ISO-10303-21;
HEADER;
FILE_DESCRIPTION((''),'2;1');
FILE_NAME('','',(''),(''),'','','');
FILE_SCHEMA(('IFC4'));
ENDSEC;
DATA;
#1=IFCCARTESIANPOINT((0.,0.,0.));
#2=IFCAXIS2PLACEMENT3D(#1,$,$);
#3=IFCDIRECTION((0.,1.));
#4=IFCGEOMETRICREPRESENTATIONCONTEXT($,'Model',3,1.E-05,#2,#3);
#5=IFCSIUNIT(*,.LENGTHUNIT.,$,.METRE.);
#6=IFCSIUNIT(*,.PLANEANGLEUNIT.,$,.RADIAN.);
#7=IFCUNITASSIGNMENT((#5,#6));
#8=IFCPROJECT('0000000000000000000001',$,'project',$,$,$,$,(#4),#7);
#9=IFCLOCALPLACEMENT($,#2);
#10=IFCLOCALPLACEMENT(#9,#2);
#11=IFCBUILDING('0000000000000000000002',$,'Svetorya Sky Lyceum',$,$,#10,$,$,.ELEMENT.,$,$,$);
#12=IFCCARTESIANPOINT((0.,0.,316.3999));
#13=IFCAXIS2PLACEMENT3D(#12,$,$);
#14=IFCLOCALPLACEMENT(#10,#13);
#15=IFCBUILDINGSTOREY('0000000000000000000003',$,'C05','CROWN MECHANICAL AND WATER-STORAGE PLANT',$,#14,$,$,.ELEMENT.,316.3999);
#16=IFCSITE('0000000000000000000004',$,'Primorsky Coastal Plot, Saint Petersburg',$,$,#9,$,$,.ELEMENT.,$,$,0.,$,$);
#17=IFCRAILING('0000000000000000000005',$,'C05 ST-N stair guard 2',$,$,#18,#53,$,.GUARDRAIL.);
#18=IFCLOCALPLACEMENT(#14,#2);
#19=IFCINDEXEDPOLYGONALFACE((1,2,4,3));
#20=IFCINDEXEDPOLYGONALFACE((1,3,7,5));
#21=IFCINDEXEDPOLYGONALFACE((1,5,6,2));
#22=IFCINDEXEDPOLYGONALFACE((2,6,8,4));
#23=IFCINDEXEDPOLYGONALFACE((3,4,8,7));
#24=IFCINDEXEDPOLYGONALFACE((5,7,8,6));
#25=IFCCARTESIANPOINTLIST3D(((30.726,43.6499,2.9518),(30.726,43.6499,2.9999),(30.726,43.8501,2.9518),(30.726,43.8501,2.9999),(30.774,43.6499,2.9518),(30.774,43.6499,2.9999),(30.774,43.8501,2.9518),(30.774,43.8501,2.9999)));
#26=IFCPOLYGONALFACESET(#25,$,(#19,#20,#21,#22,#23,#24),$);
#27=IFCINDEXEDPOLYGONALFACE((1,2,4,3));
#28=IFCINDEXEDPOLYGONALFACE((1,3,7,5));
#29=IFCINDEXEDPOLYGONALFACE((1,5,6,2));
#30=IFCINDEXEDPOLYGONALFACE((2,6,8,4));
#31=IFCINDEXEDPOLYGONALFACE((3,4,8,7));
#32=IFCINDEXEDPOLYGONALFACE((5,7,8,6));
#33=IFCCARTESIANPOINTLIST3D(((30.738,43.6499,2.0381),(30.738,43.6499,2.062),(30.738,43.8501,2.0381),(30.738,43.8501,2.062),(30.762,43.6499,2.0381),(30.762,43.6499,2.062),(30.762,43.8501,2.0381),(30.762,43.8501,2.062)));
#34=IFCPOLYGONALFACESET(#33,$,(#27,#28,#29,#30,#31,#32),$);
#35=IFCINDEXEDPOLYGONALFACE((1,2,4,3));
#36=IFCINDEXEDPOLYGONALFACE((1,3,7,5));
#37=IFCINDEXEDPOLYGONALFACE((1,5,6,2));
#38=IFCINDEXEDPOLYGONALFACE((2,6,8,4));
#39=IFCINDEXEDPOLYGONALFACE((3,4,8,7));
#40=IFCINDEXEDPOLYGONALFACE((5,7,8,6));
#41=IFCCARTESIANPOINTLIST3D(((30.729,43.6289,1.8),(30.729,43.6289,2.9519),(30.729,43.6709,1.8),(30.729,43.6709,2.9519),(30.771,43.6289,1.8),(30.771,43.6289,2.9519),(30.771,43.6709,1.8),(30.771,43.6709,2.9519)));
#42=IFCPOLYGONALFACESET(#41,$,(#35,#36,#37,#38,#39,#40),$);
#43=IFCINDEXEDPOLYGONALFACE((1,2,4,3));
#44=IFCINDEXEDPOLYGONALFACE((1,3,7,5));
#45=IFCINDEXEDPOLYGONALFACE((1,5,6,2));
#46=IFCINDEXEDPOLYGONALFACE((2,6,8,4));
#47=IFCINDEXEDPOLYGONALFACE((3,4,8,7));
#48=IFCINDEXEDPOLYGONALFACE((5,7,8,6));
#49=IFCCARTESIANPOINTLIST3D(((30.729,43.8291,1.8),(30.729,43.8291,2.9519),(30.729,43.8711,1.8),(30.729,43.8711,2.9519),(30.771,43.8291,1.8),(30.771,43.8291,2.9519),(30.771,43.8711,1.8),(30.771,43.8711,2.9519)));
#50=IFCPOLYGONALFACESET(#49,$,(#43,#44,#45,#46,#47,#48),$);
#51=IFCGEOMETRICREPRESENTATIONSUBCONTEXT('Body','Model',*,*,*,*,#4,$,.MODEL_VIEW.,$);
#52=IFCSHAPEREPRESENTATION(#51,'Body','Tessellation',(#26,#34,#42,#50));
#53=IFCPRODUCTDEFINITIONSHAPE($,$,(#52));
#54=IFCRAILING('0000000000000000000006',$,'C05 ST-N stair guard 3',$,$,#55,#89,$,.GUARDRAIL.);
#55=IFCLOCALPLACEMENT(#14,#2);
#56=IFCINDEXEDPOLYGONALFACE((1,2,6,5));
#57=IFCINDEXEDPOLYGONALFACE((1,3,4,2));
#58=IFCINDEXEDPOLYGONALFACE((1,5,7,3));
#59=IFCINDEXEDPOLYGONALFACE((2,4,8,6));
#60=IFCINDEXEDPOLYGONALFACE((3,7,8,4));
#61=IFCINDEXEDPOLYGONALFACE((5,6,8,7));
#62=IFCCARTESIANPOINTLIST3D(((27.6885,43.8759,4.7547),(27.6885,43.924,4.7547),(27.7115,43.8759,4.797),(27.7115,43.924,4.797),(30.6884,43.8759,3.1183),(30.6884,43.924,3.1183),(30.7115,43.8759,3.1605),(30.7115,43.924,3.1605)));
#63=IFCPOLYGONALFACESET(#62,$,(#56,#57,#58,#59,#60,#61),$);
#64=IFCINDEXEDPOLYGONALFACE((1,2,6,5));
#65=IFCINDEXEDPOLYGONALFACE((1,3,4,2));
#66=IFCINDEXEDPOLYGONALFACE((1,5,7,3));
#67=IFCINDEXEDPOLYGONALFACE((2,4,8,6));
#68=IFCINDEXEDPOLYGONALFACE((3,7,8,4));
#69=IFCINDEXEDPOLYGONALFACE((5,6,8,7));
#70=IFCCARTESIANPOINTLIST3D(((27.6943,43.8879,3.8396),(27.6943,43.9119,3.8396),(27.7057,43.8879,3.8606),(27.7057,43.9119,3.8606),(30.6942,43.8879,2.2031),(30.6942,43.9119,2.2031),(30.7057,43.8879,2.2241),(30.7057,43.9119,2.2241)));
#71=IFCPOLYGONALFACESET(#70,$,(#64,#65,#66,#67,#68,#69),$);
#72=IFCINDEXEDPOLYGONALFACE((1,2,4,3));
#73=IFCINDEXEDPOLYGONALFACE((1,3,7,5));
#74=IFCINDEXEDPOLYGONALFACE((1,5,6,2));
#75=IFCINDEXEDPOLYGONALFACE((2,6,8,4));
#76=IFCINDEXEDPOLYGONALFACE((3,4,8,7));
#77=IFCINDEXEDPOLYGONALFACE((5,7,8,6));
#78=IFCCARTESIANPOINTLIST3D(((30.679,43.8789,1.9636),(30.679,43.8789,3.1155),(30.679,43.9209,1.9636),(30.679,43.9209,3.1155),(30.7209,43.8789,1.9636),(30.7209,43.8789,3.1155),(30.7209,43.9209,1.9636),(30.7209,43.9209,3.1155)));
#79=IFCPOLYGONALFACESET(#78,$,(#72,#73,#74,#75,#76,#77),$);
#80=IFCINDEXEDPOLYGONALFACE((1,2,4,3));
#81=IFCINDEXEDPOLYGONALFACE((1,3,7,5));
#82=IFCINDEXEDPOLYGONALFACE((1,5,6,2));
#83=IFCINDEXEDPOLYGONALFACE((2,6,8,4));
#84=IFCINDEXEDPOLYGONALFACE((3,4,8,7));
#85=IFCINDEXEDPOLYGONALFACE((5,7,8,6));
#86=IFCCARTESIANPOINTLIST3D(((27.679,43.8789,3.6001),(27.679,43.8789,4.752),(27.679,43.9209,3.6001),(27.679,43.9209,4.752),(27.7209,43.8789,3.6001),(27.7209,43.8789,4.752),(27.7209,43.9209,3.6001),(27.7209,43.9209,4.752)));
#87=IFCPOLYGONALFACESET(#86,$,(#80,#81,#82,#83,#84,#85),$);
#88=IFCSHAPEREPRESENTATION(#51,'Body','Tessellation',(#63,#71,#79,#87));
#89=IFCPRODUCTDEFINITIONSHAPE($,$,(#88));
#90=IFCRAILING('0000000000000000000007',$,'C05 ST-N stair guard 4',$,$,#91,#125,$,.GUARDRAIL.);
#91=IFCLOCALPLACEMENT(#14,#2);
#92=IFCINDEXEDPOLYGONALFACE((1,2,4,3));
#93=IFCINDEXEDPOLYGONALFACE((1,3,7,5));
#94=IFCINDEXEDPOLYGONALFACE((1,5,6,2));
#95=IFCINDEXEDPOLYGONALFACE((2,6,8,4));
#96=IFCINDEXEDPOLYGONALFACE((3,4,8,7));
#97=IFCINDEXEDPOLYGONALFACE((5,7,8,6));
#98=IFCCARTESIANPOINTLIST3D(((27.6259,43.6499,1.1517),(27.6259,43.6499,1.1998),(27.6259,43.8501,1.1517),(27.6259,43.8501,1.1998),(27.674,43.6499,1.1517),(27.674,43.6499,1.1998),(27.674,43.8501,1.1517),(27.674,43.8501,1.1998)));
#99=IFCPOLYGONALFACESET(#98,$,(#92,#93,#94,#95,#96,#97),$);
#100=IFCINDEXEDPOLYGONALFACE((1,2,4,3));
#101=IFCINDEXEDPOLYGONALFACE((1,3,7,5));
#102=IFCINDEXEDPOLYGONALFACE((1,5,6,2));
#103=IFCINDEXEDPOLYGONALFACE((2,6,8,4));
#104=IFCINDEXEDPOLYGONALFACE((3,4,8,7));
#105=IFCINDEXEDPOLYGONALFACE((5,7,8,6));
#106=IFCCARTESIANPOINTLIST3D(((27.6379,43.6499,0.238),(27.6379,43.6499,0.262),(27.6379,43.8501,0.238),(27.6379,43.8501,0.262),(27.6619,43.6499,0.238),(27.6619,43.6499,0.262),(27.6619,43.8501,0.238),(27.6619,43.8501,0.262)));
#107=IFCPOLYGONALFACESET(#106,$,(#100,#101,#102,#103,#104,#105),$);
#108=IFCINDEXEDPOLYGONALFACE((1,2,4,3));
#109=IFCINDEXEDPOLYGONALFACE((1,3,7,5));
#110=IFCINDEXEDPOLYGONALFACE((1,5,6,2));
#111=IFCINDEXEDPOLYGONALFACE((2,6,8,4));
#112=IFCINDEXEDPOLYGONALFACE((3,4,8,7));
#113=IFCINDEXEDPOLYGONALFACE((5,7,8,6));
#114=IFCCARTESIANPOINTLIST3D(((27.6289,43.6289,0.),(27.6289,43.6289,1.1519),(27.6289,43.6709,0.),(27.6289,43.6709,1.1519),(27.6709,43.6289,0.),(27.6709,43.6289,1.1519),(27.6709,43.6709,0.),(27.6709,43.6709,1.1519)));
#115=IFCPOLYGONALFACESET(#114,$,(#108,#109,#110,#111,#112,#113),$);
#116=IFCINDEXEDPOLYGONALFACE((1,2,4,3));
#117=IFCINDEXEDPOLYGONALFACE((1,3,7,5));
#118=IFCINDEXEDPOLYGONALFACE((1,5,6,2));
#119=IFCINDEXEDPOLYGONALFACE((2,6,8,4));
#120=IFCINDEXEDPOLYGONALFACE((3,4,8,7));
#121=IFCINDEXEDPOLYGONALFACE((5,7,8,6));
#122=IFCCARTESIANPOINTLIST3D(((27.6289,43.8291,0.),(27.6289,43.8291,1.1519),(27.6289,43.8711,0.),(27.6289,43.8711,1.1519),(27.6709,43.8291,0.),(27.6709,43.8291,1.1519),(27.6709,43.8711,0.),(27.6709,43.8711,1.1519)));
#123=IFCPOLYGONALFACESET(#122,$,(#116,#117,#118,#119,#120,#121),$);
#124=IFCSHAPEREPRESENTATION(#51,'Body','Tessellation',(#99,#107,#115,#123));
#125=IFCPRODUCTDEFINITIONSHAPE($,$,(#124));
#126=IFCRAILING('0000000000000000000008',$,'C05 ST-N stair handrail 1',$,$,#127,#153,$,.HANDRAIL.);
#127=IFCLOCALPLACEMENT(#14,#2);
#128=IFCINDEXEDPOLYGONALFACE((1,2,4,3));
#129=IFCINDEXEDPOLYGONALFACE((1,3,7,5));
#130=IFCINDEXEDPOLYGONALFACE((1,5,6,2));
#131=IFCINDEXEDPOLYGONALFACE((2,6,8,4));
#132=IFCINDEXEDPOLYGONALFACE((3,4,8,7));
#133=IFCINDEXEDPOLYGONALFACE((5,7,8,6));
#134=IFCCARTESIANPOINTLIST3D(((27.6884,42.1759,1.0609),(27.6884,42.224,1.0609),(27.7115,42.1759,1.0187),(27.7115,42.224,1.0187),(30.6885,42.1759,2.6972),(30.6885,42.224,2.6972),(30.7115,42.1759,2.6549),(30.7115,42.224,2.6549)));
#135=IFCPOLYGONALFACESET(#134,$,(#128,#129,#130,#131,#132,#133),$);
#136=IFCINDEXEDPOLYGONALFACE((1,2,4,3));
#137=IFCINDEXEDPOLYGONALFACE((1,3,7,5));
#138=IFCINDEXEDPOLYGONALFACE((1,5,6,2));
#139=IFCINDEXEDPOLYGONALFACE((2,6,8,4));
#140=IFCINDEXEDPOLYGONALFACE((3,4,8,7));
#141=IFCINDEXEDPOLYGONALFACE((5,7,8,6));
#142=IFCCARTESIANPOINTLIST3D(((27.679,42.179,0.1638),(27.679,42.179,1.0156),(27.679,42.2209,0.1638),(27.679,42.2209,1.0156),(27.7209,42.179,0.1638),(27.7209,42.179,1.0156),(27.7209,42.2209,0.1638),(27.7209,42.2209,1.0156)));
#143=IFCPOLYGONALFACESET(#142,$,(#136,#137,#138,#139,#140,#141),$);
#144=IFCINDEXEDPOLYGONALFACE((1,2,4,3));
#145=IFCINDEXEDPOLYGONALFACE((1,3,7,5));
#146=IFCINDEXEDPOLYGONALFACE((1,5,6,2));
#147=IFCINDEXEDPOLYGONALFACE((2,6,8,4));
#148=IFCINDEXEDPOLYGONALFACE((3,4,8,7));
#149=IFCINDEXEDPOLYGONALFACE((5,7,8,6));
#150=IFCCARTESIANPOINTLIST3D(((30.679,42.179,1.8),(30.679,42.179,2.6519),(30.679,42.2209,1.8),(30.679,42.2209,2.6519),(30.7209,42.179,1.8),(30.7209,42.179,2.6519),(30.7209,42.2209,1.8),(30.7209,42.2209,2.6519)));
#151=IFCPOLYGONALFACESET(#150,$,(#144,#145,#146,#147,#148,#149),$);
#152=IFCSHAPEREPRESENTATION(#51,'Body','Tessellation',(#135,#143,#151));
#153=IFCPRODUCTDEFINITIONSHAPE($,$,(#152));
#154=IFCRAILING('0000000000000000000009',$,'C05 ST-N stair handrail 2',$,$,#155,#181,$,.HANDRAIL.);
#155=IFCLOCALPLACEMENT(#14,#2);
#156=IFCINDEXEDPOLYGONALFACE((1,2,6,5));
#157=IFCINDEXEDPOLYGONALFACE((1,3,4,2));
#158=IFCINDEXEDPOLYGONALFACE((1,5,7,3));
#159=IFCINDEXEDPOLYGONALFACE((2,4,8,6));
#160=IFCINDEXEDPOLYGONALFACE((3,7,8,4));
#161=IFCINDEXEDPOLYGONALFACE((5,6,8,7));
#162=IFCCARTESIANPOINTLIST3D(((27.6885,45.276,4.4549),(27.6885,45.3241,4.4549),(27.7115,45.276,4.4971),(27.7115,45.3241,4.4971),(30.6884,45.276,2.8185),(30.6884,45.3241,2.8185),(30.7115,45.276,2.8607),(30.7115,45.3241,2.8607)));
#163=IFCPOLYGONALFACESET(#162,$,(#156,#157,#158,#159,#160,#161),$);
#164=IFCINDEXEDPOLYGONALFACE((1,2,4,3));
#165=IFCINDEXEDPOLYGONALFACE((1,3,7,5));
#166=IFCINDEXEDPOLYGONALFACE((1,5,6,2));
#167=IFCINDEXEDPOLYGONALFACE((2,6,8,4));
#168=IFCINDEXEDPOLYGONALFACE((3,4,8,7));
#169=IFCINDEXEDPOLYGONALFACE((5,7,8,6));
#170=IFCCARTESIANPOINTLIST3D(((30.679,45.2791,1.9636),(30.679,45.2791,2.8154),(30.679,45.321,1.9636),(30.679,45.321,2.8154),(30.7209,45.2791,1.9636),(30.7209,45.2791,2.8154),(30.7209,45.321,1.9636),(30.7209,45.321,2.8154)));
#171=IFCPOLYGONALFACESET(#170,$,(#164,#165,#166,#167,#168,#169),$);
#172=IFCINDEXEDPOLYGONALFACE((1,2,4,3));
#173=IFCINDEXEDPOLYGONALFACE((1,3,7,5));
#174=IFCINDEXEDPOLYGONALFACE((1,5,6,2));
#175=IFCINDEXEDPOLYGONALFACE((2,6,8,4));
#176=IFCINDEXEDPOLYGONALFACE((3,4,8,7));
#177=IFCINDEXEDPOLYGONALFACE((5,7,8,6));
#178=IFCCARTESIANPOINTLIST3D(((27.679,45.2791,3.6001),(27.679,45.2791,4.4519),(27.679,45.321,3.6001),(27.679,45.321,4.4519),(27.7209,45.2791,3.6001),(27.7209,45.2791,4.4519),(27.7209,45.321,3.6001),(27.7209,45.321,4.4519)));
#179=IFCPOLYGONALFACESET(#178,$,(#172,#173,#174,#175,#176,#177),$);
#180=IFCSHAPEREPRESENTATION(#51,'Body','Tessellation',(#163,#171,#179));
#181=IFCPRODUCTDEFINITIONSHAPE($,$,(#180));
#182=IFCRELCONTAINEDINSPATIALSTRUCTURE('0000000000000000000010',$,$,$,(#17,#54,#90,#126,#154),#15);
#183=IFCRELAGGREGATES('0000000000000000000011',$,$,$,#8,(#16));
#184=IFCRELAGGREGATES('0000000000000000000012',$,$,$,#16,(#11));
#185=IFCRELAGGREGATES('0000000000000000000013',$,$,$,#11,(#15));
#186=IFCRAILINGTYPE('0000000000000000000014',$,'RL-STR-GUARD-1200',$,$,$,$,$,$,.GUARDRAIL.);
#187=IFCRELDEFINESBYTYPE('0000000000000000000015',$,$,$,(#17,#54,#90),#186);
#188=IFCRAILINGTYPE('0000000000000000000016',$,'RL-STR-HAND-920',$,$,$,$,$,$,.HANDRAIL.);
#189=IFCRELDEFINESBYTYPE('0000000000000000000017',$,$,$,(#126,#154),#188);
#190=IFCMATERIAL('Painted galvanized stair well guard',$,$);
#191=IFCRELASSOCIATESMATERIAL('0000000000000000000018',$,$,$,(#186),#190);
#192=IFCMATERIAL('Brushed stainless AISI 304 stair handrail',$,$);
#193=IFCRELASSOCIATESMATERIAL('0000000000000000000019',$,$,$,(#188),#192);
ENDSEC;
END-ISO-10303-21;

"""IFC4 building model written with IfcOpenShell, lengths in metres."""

from ifc_helpers import new_model, si_unit, direction, frame, origin, origin_2d, place, context, subcontext, project, spatial, rectangle, extrude, material, type_object, element, save


model = new_model("IFC4")

# Units and contexts
model_context = context("Model", 3, precision=1e-05, world=origin(), true_north=direction((0.0, 1.0)))
body_context = subcontext(model_context, "Body", "Model", "MODEL_VIEW")
ifc_project = project(units=[si_unit("LENGTHUNIT", "METRE"), si_unit("PLANEANGLEUNIT", "RADIAN")], contexts=[model_context])

# Site, building, storey
site_placement = place(None, origin())
site = spatial("IfcSite", under=ifc_project, at=site_placement, Name="Primorsky Coastal Plot, Saint Petersburg", CompositionType="ELEMENT", RefElevation=0.0)
building_placement = place(site_placement, origin())
building = spatial("IfcBuilding", under=site, at=building_placement, Name="Svetorya Sky Lyceum", CompositionType="ELEMENT")
storey_placement = place(building_placement, frame((0.0, 0.0, 316.3999)))
storey = spatial("IfcBuildingStorey", under=building, at=storey_placement, Name="C05", Description="CROWN MECHANICAL AND WATER-STORAGE PLANT", CompositionType="ELEMENT", Elevation=316.3999)

# Railings
ifc_material_1 = material(Name="Painted galvanized stair well guard")
railing_type_1 = type_object("IfcRailingType", Name="RL-STR-GUARD-1200", PredefinedType="GUARDRAIL", material=ifc_material_1)
railing_1_placement = place(storey_placement, frame((30.75, 43.6499, 1.8)))
element("IfcRailing", 1, at=railing_1_placement, inside=storey, type_object=railing_type_1, Name="C05 ST-N stair guard 2", PredefinedType="GUARDRAIL", context=body_context, shape_type="SweptSolid", body=[
    extrude(rectangle(XDim=0.0481, YDim=0.0481, at=origin_2d()), frame((0.0, 0.0, 1.1758), z_axis=(0.0, 1.0, 0.0), x_axis=(-1.0, 0.0, 0.0)), (0.0, 0.0, 1.0), 0.2002),
    extrude(rectangle(XDim=0.0239, YDim=0.0239, at=origin_2d()), frame((0.0, 0.0, 0.25), z_axis=(0.0, 1.0, 0.0), x_axis=(-1.0, 0.0, 0.0)), (0.0, 0.0, 1.0), 0.2002),
    extrude(rectangle(XDim=0.042, YDim=0.042, at=origin_2d()), origin(), (0.0, 0.0, 1.0), 1.1519),
    extrude(rectangle(XDim=0.042, YDim=0.042, at=origin_2d()), frame((0.0, 0.2002, 0.0)), (0.0, 0.0, 1.0), 1.1519),
])
railing_2_placement = place(storey_placement, frame((30.7, 43.8999, 1.9636)))
element("IfcRailing", 2, at=railing_2_placement, inside=storey, type_object=railing_type_1, Name="C05 ST-N stair guard 3", PredefinedType="GUARDRAIL", context=body_context, shape_type="SweptSolid", body=[
    extrude(rectangle(XDim=0.0481, YDim=0.0481, at=origin_2d()), frame((0.0, 0.0, 1.1758), z_axis=(-0.877882, 0.0, 0.478877), x_axis=(0.0, -1.0, 0.0)), (0.0, 0.0, 1.0), 3.4172),
    extrude(rectangle(XDim=0.0239, YDim=0.0239, at=origin_2d()), frame((0.0, 0.0, 0.25), z_axis=(-0.877882, 0.0, 0.478877), x_axis=(0.0, -1.0, 0.0)), (0.0, 0.0, 1.0), 3.4172),
    extrude(rectangle(XDim=0.042, YDim=0.042, at=origin_2d()), origin(), (0.0, 0.0, 1.0), 1.1519),
    extrude(rectangle(XDim=0.042, YDim=0.042, at=origin_2d()), frame((-3.0, 0.0, 1.6365)), (0.0, 0.0, 1.0), 1.1519),
])
railing_3_placement = place(storey_placement, frame((27.6499, 43.6499, 0.0)))
element("IfcRailing", 3, at=railing_3_placement, inside=storey, type_object=railing_type_1, Name="C05 ST-N stair guard 4", PredefinedType="GUARDRAIL", context=body_context, shape_type="SweptSolid", body=[
    extrude(rectangle(XDim=0.0481, YDim=0.0481, at=origin_2d()), frame((0.0, 0.0, 1.1758), z_axis=(0.0, 1.0, 0.0), x_axis=(-1.0, 0.0, 0.0)), (0.0, 0.0, 1.0), 0.2002),
    extrude(rectangle(XDim=0.0239, YDim=0.0239, at=origin_2d()), frame((0.0, 0.0, 0.25), z_axis=(0.0, 1.0, 0.0), x_axis=(-1.0, 0.0, 0.0)), (0.0, 0.0, 1.0), 0.2002),
    extrude(rectangle(XDim=0.042, YDim=0.042, at=origin_2d()), origin(), (0.0, 0.0, 1.0), 1.1519),
    extrude(rectangle(XDim=0.042, YDim=0.042, at=origin_2d()), frame((0.0, 0.2002, 0.0)), (0.0, 0.0, 1.0), 1.1519),
])
ifc_material_2 = material(Name="Brushed stainless AISI 304 stair handrail")
railing_type_2 = type_object("IfcRailingType", Name="RL-STR-HAND-920", PredefinedType="HANDRAIL", material=ifc_material_2)
railing_4_placement = place(storey_placement, frame((27.7, 42.2, 0.1638)))
element("IfcRailing", 4, at=railing_4_placement, inside=storey, type_object=railing_type_2, Name="C05 ST-N stair handrail 1", PredefinedType="HANDRAIL", context=body_context, shape_type="SweptSolid", body=[
    extrude(rectangle(XDim=0.0481, YDim=0.0481, at=origin_2d()), frame((0.0, 0.0, 0.876), z_axis=(0.877912, 0.0, 0.478822), x_axis=(0.0, 1.0, 0.0)), (0.0, 0.0, 1.0), 3.4172),
    extrude(rectangle(XDim=0.042, YDim=0.042, at=origin_2d()), origin(), (0.0, 0.0, 1.0), 0.8518),
    extrude(rectangle(XDim=0.042, YDim=0.042, at=origin_2d()), frame((3.0, 0.0, 1.6362)), (0.0, 0.0, 1.0), 0.8518),
])
railing_5_placement = place(storey_placement, frame((30.7, 45.3, 1.9636)))
element("IfcRailing", 5, at=railing_5_placement, inside=storey, type_object=railing_type_2, Name="C05 ST-N stair handrail 2", PredefinedType="HANDRAIL", context=body_context, shape_type="SweptSolid", body=[
    extrude(rectangle(XDim=0.0481, YDim=0.0481, at=origin_2d()), frame((0.0, 0.0, 0.876), z_axis=(-0.877882, 0.0, 0.478877), x_axis=(0.0, -1.0, 0.0)), (0.0, 0.0, 1.0), 3.4172),
    extrude(rectangle(XDim=0.042, YDim=0.042, at=origin_2d()), origin(), (0.0, 0.0, 1.0), 0.8518),
    extrude(rectangle(XDim=0.042, YDim=0.042, at=origin_2d()), frame((-3.0, 0.0, 1.6365)), (0.0, 0.0, 1.0), 0.8518),
])

save(model, "model.ifc")
